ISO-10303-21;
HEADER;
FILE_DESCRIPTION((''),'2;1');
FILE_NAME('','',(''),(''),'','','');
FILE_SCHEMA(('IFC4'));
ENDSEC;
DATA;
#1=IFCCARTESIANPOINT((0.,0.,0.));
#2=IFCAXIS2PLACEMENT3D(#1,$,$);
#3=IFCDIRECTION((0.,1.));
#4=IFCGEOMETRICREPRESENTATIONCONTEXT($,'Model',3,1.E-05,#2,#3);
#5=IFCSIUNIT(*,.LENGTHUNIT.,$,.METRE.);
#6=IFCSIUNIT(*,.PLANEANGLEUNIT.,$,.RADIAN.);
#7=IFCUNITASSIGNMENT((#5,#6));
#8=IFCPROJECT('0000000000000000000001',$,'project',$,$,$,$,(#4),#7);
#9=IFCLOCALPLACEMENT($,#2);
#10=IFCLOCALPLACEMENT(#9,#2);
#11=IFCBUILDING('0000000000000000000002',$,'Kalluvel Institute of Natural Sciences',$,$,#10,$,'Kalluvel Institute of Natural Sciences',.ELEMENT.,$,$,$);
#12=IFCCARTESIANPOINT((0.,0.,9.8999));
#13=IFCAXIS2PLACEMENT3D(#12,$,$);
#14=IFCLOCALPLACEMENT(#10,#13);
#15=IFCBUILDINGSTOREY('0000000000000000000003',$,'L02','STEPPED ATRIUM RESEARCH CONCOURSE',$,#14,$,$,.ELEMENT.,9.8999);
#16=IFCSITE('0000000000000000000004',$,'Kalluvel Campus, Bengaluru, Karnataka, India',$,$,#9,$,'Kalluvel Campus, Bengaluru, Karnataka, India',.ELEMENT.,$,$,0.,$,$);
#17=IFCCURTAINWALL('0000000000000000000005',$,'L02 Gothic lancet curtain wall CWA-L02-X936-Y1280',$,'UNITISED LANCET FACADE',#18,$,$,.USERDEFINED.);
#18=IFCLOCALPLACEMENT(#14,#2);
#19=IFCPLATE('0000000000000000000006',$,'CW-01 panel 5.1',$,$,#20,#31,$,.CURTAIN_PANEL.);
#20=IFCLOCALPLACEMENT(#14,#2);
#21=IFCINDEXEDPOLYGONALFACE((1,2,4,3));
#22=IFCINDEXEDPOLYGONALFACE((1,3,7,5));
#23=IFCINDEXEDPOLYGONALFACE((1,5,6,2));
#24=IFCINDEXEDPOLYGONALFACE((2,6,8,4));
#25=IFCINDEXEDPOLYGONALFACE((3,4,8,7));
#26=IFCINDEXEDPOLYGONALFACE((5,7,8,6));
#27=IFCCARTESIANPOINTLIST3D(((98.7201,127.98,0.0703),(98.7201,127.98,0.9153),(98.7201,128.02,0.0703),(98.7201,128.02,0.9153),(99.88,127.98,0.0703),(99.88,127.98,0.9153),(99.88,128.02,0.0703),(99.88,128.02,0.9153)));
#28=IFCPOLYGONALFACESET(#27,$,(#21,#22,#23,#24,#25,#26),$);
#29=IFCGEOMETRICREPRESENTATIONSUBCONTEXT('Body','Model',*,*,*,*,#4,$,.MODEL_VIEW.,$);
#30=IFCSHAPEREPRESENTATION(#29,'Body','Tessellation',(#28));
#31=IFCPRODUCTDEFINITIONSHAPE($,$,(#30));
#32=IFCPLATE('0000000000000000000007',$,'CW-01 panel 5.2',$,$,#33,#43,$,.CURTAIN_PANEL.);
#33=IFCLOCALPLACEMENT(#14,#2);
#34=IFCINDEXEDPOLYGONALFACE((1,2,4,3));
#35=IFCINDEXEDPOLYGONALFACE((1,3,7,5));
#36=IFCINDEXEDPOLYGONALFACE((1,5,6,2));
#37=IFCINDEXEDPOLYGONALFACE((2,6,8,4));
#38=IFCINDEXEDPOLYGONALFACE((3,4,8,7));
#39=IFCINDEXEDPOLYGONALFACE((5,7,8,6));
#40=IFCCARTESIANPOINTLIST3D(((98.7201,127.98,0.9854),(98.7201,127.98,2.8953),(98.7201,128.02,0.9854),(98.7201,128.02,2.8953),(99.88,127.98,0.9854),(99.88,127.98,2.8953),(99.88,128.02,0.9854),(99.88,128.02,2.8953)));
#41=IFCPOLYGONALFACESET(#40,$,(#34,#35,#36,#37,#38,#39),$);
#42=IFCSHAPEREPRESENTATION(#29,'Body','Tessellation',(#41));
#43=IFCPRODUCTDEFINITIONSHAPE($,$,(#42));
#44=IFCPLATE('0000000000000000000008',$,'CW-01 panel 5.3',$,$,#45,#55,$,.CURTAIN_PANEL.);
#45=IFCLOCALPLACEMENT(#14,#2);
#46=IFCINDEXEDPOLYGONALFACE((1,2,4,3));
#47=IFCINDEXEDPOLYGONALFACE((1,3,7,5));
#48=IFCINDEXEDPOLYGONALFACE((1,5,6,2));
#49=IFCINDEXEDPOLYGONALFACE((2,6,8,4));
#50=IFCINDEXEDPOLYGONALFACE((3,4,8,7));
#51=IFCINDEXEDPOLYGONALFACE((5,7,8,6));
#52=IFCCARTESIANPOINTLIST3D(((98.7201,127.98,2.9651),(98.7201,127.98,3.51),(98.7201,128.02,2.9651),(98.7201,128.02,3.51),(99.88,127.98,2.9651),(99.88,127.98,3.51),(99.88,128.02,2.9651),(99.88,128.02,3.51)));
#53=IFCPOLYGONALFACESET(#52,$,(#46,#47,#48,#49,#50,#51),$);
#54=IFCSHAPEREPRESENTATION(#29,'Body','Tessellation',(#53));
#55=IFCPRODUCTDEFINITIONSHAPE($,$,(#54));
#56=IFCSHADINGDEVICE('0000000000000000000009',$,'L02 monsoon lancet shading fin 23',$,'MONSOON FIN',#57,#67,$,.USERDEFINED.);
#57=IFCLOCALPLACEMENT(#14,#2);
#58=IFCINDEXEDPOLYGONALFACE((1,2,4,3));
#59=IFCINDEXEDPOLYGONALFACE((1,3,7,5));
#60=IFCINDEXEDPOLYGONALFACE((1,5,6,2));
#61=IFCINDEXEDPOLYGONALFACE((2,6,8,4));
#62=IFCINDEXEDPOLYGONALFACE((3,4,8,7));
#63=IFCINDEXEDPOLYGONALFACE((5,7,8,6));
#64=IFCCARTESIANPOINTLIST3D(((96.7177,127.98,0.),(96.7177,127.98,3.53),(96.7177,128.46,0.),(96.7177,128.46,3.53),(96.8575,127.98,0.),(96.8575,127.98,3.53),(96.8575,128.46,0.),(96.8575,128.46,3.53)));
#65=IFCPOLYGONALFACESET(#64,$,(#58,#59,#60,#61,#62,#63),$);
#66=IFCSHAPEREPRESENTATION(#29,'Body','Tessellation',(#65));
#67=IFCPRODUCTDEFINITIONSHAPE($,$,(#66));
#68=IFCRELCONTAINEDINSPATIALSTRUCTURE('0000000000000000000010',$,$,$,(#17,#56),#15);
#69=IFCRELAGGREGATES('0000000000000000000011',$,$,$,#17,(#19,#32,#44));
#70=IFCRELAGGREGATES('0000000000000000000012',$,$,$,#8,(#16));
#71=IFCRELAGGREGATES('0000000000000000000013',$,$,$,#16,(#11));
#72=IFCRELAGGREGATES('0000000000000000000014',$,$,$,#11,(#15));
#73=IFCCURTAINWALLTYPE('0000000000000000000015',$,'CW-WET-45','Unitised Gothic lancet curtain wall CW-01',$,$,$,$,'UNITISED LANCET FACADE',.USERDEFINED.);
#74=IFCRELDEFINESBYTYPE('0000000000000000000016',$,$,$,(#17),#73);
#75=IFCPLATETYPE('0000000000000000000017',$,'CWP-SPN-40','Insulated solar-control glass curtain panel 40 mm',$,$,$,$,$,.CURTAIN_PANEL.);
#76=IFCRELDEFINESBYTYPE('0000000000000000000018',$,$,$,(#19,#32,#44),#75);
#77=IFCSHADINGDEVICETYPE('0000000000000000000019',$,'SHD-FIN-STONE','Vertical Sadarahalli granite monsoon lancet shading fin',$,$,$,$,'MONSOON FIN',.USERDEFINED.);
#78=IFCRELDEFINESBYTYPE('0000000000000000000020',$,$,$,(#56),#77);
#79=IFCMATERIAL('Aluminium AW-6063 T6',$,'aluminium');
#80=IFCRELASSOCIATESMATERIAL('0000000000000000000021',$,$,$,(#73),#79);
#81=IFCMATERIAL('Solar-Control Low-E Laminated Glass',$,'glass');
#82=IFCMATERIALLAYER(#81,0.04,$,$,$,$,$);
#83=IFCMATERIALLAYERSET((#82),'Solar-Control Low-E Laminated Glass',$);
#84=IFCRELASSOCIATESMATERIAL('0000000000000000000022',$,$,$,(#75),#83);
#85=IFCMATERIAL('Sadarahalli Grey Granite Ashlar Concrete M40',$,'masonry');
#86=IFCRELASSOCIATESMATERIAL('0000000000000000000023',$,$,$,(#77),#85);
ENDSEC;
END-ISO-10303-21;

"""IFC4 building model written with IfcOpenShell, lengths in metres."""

from ifc_helpers import new_model, si_unit, direction, frame, origin, origin_2d, place, context, subcontext, project, spatial, rectangle, extrude, material, layer, layer_set, type_object, element, aggregate, save


model = new_model("IFC4")

# Units and contexts
model_context = context("Model", 3, precision=1e-05, world=origin(), true_north=direction((0.0, 1.0)))
body_context = subcontext(model_context, "Body", "Model", "MODEL_VIEW")
ifc_project = project(units=[si_unit("LENGTHUNIT", "METRE"), si_unit("PLANEANGLEUNIT", "RADIAN")], contexts=[model_context])

# Site, building, storey
site_placement = place(None, origin())
site = spatial("IfcSite", under=ifc_project, at=site_placement, Name="Kalluvel Campus, Bengaluru, Karnataka, India", LongName="Kalluvel Campus, Bengaluru, Karnataka, India", CompositionType="ELEMENT", RefElevation=0.0)
building_placement = place(site_placement, origin())
building = spatial("IfcBuilding", under=site, at=building_placement, Name="Kalluvel Institute of Natural Sciences", LongName="Kalluvel Institute of Natural Sciences", CompositionType="ELEMENT")
storey_placement = place(building_placement, frame((0.0, 0.0, 9.8999)))
storey = spatial("IfcBuildingStorey", under=building, at=storey_placement, Name="L02", Description="STEPPED ATRIUM RESEARCH CONCOURSE", CompositionType="ELEMENT", Elevation=9.8999)

# Curtain wall, plates
ifc_material_1 = material(Name="Aluminium AW-6063 T6", Category="aluminium")
curtain_wall_type = type_object("IfcCurtainWallType", Name="CW-WET-45", Description="Unitised Gothic lancet curtain wall CW-01", ElementType="UNITISED LANCET FACADE", PredefinedType="USERDEFINED", material=ifc_material_1)
curtain_wall_placement = place(storey_placement, origin())
curtain_wall = element("IfcCurtainWall", 1, at=curtain_wall_placement, inside=storey, type_object=curtain_wall_type, Name="L02 Gothic lancet curtain wall CWA-L02-X936-Y1280", ObjectType="UNITISED LANCET FACADE", PredefinedType="USERDEFINED")
ifc_material_2 = material(Name="Solar-Control Low-E Laminated Glass", Category="glass")
ifc_layer = layer(ifc_material_2, 0.04)
ifc_layer_set = layer_set([ifc_layer], Name="Solar-Control Low-E Laminated Glass")
plate_type = type_object("IfcPlateType", Name="CWP-SPN-40", Description="Insulated solar-control glass curtain panel 40 mm", PredefinedType="CURTAIN_PANEL", material=ifc_layer_set)
plate_1_placement = place(storey_placement, frame((99.3, 128.0, 0.0703), z_axis=(0.0, 0.0, 1.0), x_axis=(1.0, 0.0, 0.0)))
plate_1 = element("IfcPlate", 2, at=plate_1_placement, type_object=plate_type, Name="CW-01 panel 5.1", PredefinedType="CURTAIN_PANEL", context=body_context, shape_type="SweptSolid", body=[
    extrude(rectangle(XDim=1.1599, YDim=0.04, at=origin_2d()), origin(), (0.0, 0.0, 1.0), 0.845),
])
plate_2_placement = place(storey_placement, frame((99.3, 128.0, 0.9854), z_axis=(0.0, 0.0, 1.0), x_axis=(1.0, 0.0, 0.0)))
plate_2 = element("IfcPlate", 3, at=plate_2_placement, type_object=plate_type, Name="CW-01 panel 5.2", PredefinedType="CURTAIN_PANEL", context=body_context, shape_type="SweptSolid", body=[
    extrude(rectangle(XDim=1.1599, YDim=0.04, at=origin_2d()), origin(), (0.0, 0.0, 1.0), 1.9099),
])
plate_3_placement = place(storey_placement, frame((99.3, 128.0, 2.9651), z_axis=(0.0, 0.0, 1.0), x_axis=(1.0, 0.0, 0.0)))
plate_3 = element("IfcPlate", 4, at=plate_3_placement, type_object=plate_type, Name="CW-01 panel 5.3", PredefinedType="CURTAIN_PANEL", context=body_context, shape_type="SweptSolid", body=[
    extrude(rectangle(XDim=1.1599, YDim=0.04, at=origin_2d()), origin(), (0.0, 0.0, 1.0), 0.5449),
])
aggregate(curtain_wall, [plate_1, plate_2, plate_3])

# Shading device
ifc_material_3 = material(Name="Sadarahalli Grey Granite Ashlar Concrete M40", Category="masonry")
shading_device_type = type_object("IfcShadingDeviceType", Name="SHD-FIN-STONE", Description="Vertical Sadarahalli granite monsoon lancet shading fin", ElementType="MONSOON FIN", PredefinedType="USERDEFINED", material=ifc_material_3)
shading_device_placement = place(storey_placement, frame((96.7876, 128.22, 0.0), z_axis=(0.0, 0.0, 1.0), x_axis=(1.0, 0.0, 0.0)))
element("IfcShadingDevice", 5, at=shading_device_placement, inside=storey, type_object=shading_device_type, Name="L02 monsoon lancet shading fin 23", ObjectType="MONSOON FIN", PredefinedType="USERDEFINED", context=body_context, shape_type="SweptSolid", body=[
    extrude(rectangle(XDim=0.1399, YDim=0.48, at=origin_2d()), origin(), (0.0, 0.0, 1.0), 3.53),
])

save(model, "model.ifc")
